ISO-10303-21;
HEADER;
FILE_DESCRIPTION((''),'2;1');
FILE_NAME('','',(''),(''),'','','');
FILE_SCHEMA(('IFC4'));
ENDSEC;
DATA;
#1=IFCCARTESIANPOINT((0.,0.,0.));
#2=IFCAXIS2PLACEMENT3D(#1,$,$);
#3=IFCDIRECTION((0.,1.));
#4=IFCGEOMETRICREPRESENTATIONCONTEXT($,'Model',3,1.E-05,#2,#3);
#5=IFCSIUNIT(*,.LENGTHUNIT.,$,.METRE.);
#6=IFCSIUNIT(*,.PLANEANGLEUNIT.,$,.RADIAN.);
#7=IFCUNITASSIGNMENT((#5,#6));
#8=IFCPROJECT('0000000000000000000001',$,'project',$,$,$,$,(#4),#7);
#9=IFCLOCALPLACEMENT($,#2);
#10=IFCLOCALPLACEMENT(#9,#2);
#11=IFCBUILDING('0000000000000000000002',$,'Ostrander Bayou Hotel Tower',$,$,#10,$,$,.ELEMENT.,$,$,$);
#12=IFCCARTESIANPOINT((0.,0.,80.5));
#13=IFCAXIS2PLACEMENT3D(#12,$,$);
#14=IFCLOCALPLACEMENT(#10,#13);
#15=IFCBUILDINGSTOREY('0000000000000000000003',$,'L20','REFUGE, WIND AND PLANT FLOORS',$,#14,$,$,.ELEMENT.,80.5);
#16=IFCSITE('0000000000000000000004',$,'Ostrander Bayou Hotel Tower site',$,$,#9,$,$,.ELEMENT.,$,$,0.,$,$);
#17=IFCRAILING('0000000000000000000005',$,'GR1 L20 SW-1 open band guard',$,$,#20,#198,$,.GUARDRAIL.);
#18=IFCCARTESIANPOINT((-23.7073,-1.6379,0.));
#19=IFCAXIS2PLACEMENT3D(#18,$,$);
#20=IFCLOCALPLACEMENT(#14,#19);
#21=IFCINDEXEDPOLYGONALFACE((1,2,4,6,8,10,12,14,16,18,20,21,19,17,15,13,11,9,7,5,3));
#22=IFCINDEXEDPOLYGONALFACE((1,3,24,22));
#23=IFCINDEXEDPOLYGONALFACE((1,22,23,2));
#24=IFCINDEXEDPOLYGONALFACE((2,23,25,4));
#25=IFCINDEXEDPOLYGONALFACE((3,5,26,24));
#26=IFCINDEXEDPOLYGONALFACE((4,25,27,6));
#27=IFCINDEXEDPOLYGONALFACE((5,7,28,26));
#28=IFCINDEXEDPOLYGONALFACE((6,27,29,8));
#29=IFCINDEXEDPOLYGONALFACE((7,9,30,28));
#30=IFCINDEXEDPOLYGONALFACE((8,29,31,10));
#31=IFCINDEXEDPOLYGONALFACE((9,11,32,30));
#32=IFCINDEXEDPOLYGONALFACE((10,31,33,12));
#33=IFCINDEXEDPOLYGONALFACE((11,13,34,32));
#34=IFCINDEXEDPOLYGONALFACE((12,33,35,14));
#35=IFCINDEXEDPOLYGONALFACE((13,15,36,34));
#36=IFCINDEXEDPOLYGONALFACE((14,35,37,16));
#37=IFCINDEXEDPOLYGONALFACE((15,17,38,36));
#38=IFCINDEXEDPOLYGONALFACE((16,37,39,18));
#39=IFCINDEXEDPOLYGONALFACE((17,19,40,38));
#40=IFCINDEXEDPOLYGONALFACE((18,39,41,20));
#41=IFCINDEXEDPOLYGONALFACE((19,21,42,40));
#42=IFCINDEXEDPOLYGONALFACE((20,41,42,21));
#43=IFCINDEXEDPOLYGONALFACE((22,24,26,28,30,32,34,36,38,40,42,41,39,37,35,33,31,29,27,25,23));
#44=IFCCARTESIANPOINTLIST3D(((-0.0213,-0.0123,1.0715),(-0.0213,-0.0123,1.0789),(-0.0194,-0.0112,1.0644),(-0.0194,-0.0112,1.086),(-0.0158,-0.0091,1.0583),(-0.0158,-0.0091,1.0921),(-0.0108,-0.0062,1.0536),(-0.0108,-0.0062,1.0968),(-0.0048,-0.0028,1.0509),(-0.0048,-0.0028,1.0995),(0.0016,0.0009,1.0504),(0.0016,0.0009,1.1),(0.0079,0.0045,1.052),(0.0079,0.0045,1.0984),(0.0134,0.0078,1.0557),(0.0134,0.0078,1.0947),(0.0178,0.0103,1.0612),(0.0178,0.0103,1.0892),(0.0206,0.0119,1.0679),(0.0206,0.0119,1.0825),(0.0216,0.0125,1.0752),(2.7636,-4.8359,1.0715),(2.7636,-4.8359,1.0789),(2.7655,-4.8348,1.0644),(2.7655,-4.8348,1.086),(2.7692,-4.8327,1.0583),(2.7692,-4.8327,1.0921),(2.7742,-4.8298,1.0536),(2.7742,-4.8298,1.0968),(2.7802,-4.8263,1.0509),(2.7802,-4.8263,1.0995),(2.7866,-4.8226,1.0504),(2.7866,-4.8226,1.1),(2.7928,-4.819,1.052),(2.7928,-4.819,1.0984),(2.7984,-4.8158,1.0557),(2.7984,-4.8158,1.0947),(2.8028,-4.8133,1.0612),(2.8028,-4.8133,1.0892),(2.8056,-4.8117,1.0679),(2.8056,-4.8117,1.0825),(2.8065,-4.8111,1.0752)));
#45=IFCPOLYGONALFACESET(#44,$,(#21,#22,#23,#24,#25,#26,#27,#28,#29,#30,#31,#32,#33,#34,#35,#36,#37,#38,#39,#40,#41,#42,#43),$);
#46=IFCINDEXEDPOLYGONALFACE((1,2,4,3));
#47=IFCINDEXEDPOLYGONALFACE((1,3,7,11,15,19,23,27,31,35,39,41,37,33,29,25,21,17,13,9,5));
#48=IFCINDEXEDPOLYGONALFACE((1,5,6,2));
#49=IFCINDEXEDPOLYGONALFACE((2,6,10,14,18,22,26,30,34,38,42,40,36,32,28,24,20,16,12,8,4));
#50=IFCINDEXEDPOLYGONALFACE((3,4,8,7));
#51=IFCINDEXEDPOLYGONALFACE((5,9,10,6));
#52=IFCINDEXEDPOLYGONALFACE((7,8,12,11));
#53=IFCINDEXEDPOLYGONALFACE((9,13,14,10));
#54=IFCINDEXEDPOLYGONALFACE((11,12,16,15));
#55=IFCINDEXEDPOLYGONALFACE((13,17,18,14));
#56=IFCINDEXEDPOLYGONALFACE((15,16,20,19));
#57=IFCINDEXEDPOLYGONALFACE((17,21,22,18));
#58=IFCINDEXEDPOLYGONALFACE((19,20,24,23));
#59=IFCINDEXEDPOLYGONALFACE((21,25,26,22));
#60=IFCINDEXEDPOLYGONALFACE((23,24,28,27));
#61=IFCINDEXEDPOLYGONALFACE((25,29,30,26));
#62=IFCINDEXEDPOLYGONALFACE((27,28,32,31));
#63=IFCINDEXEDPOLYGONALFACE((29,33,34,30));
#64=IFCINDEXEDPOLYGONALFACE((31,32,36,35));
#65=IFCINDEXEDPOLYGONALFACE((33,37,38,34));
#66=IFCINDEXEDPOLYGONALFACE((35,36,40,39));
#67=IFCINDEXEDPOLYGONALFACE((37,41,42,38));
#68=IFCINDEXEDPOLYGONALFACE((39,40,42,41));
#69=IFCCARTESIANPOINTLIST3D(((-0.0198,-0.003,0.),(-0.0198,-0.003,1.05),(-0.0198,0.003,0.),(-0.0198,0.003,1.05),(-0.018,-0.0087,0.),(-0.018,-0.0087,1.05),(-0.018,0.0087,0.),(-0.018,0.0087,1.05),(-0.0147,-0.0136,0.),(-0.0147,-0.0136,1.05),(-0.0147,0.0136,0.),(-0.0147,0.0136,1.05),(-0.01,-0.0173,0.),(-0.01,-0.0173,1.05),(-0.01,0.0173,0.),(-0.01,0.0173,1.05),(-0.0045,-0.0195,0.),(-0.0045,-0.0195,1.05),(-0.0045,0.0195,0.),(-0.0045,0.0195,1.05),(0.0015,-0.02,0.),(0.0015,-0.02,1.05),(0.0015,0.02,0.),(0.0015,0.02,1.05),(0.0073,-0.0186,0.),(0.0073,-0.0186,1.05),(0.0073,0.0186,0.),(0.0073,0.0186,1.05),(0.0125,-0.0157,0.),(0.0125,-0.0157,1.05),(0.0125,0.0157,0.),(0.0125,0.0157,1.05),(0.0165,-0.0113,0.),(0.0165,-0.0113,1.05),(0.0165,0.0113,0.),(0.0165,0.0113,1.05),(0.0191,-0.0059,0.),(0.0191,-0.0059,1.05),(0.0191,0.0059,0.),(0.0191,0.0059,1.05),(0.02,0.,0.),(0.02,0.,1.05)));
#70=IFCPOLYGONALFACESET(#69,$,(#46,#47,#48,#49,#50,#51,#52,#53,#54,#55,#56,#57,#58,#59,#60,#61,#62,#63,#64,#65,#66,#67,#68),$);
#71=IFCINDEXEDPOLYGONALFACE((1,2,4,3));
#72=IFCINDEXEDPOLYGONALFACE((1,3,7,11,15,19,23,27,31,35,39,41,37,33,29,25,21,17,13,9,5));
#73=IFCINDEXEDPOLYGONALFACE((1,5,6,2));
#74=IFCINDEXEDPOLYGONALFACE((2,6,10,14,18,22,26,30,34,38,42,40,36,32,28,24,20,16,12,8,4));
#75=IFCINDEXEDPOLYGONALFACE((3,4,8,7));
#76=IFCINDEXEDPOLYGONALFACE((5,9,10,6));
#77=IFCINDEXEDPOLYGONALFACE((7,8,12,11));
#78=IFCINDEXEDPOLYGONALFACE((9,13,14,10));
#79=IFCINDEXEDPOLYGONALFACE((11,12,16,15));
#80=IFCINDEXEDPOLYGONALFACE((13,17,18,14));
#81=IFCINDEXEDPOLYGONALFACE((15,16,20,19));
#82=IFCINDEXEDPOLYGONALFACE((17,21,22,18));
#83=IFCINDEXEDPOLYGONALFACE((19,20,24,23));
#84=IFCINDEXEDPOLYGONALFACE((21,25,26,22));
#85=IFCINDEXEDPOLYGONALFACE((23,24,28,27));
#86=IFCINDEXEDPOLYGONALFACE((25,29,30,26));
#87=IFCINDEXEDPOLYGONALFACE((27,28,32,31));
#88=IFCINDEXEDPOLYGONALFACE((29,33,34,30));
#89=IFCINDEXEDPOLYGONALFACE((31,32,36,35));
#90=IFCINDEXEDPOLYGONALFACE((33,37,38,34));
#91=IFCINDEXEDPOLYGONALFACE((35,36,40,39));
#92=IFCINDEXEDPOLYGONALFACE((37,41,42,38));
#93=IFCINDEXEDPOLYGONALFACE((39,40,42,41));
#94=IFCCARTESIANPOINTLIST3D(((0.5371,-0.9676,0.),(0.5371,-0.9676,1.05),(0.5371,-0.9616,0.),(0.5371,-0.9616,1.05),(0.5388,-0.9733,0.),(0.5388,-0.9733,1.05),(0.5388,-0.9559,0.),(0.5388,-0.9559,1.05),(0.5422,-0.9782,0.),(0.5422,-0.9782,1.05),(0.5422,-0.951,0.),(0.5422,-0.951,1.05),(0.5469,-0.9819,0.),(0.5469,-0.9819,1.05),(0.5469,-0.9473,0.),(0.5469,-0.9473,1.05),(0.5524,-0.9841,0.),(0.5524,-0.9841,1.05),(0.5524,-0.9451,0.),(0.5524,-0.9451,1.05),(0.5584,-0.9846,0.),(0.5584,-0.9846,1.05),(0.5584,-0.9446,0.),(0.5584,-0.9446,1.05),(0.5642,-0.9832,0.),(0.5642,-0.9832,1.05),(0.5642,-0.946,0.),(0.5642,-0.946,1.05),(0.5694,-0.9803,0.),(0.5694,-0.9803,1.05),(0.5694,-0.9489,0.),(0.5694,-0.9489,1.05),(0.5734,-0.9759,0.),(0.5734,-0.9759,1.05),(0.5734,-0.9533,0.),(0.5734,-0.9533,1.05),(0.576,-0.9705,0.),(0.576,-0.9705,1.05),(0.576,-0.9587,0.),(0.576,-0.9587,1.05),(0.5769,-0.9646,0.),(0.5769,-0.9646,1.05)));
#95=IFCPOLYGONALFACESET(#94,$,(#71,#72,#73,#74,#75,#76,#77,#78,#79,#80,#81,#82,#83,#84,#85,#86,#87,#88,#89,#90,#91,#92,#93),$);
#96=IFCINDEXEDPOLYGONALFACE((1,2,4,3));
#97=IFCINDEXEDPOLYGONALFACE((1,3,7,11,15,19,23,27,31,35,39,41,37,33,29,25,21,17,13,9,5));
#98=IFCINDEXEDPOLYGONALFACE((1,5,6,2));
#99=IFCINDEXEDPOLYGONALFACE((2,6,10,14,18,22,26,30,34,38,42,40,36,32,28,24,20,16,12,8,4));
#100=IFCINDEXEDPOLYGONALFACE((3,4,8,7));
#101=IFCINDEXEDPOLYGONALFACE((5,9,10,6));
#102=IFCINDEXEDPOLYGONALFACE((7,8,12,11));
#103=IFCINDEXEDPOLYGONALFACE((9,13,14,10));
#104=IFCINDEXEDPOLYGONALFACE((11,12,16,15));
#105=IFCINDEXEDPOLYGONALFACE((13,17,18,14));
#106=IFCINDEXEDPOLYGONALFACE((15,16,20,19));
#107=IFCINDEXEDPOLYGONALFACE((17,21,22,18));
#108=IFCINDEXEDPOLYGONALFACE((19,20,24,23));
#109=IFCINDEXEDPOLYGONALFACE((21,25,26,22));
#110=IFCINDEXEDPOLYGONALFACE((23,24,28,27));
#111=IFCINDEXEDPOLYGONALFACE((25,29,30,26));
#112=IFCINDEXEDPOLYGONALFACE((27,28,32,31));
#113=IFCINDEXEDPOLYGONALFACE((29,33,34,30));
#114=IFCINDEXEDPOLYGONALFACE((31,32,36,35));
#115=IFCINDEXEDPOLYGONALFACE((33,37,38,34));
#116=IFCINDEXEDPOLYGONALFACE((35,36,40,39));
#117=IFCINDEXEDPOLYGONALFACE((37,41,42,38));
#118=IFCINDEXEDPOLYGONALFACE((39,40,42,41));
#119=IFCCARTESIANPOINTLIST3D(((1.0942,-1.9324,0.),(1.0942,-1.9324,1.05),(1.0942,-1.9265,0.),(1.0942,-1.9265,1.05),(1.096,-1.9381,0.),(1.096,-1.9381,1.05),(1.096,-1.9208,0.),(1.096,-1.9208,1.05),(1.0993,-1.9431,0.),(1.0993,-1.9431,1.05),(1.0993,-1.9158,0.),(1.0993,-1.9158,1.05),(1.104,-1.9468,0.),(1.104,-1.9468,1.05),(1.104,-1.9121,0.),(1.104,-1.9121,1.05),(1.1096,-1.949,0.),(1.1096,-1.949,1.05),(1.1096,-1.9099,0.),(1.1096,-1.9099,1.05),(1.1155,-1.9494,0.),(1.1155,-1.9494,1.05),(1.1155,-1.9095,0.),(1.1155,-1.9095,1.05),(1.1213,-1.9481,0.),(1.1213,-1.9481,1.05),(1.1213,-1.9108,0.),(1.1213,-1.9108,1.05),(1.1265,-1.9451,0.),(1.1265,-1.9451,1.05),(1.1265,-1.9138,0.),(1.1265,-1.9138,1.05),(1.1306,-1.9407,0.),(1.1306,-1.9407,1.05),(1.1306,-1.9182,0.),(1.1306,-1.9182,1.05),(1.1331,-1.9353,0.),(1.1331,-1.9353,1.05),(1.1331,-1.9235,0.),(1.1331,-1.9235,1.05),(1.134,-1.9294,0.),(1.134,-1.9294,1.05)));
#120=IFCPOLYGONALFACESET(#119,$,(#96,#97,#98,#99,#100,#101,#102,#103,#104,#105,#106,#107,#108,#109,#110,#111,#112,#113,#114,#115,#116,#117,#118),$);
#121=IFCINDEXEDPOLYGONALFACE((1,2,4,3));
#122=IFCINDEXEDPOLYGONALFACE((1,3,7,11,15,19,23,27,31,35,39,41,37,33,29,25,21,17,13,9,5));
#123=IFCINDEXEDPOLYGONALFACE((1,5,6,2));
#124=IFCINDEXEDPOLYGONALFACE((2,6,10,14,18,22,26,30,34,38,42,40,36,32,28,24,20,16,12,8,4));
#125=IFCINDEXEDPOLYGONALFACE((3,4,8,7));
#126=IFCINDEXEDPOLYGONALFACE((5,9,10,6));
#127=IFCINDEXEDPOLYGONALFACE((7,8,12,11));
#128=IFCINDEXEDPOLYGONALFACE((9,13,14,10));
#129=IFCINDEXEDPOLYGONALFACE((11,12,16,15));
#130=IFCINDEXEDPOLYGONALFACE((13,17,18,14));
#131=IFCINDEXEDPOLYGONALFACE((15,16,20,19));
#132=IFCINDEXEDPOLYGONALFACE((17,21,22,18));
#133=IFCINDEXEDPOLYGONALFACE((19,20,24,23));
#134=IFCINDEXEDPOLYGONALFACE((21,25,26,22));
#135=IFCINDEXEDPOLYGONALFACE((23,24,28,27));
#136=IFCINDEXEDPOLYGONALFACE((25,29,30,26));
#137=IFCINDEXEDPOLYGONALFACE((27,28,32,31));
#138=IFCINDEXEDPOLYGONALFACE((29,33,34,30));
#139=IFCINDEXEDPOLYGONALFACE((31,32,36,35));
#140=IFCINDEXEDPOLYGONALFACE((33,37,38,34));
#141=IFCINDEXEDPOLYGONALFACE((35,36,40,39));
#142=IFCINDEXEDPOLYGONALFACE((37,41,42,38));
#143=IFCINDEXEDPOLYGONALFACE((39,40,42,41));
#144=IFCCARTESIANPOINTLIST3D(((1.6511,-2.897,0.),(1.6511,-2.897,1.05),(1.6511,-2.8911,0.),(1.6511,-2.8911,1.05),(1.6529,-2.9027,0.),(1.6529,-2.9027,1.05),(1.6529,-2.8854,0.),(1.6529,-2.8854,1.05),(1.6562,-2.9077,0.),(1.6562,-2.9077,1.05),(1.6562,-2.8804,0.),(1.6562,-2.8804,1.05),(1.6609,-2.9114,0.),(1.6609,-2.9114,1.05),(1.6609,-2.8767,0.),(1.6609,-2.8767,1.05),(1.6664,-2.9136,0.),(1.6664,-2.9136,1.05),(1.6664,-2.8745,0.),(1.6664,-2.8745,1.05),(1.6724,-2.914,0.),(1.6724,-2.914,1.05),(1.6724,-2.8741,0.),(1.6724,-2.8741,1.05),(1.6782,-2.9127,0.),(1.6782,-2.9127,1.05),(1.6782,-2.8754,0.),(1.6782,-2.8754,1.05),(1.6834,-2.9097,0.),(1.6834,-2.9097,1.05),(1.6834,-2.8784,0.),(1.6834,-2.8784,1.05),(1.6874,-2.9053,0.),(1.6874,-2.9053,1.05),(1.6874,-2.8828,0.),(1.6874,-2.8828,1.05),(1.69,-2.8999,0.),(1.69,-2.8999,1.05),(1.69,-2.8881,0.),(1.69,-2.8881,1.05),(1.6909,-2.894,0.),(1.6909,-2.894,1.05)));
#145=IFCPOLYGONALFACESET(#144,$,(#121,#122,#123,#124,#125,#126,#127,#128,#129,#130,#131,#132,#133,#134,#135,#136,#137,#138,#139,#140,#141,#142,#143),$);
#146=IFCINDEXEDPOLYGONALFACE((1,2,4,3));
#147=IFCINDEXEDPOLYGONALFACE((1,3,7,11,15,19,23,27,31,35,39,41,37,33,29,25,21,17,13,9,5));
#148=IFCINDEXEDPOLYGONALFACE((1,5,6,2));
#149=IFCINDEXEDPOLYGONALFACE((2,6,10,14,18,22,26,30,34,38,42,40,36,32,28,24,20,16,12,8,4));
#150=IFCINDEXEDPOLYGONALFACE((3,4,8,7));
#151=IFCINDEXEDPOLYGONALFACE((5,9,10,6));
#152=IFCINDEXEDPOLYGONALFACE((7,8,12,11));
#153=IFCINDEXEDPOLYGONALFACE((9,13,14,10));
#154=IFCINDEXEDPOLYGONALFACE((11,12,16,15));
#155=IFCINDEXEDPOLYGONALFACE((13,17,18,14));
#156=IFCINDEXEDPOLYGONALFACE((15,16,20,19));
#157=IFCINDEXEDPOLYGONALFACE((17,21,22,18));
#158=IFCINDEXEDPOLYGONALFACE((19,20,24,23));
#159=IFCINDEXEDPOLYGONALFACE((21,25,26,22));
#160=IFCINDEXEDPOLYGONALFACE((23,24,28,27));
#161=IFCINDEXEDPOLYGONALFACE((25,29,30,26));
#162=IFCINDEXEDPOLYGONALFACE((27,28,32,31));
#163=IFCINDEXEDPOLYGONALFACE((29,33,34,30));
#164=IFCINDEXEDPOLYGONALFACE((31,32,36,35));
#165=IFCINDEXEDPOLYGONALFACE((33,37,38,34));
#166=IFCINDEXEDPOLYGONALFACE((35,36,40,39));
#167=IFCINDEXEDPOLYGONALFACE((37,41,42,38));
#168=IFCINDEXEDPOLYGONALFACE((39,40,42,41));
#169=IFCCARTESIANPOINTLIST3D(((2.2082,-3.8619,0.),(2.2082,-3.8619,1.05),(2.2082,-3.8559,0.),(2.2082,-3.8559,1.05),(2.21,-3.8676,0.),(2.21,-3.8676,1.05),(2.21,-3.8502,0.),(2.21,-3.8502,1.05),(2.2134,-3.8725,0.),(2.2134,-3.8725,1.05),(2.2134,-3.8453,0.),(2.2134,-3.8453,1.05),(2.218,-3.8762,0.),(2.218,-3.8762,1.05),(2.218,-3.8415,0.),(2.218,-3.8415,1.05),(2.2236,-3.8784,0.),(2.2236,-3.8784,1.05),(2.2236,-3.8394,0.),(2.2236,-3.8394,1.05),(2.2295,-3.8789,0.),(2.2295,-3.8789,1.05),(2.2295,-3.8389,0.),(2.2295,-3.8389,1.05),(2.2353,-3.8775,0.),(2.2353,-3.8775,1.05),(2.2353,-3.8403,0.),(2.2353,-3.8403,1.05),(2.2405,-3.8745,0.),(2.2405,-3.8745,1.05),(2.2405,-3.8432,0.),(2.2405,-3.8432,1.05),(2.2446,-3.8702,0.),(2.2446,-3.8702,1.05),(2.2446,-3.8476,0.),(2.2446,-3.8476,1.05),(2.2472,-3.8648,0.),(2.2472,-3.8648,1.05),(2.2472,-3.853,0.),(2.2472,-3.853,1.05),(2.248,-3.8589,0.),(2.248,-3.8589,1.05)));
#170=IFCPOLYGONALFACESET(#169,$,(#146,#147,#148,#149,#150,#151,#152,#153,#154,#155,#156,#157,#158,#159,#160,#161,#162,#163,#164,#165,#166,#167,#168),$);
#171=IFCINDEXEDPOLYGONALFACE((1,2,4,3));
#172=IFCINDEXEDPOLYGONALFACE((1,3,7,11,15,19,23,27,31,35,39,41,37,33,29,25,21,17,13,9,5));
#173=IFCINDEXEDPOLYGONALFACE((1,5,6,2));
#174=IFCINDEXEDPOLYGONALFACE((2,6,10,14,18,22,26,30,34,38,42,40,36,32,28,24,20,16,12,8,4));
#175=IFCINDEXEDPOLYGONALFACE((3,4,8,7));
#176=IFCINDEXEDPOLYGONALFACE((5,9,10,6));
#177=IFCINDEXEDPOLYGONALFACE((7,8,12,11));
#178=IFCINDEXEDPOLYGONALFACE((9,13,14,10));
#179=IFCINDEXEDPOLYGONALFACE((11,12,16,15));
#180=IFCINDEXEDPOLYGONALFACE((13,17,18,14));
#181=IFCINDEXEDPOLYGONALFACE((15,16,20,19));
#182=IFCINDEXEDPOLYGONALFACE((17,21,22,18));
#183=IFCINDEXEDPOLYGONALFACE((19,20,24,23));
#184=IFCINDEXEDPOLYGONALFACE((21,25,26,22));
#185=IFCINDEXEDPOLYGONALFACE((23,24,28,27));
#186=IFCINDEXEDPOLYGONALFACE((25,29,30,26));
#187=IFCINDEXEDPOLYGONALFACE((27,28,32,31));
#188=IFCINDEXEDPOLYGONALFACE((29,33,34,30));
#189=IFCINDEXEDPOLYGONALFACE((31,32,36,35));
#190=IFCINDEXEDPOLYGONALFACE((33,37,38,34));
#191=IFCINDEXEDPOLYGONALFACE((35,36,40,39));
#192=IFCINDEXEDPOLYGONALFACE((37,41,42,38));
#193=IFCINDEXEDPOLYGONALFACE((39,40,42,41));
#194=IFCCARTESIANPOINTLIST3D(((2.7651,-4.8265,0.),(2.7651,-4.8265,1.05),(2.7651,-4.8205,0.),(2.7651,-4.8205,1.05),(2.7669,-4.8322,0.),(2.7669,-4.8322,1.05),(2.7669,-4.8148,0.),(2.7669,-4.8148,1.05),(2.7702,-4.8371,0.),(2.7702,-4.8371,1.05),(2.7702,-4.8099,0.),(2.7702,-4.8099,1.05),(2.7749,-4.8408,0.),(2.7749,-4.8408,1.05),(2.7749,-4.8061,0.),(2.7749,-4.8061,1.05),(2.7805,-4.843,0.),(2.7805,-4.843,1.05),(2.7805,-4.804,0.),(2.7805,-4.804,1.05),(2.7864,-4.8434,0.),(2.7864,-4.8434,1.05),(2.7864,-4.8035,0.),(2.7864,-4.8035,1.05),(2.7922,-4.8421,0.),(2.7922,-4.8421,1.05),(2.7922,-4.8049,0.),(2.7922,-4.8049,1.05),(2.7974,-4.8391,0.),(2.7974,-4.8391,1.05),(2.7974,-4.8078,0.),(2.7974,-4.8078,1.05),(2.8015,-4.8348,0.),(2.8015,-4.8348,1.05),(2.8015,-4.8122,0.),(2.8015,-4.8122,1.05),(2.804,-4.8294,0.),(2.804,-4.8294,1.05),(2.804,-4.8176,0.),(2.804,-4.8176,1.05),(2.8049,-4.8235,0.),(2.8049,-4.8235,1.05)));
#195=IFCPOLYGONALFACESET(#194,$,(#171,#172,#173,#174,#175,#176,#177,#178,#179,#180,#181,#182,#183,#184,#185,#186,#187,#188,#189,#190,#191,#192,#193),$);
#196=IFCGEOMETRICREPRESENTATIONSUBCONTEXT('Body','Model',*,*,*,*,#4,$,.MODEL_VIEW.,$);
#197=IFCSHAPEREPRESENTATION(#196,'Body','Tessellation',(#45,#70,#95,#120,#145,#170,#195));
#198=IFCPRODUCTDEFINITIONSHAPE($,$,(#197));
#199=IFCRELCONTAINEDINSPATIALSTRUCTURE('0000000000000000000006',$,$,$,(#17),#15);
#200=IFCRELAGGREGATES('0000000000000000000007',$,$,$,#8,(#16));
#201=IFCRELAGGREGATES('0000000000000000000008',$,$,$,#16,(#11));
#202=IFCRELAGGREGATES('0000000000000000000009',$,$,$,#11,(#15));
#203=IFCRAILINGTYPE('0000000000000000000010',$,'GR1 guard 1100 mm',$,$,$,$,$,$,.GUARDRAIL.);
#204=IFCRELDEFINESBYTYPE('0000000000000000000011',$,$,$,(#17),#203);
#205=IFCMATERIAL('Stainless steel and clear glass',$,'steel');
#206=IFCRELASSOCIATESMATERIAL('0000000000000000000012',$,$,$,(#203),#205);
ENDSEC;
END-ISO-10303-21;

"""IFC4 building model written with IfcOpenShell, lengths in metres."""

from ifc_helpers import new_model, si_unit, direction, frame, origin, origin_2d, place, context, subcontext, project, spatial, circle, extrude, material, type_object, element, save


model = new_model("IFC4")

# Units and contexts
model_context = context("Model", 3, precision=1e-05, world=origin(), true_north=direction((0.0, 1.0)))
body_context = subcontext(model_context, "Body", "Model", "MODEL_VIEW")
ifc_project = project(units=[si_unit("LENGTHUNIT", "METRE"), si_unit("PLANEANGLEUNIT", "RADIAN")], contexts=[model_context])

# Site, building, storey
site_placement = place(None, origin())
site = spatial("IfcSite", under=ifc_project, at=site_placement, Name="Ostrander Bayou Hotel Tower site", CompositionType="ELEMENT", RefElevation=0.0)
building_placement = place(site_placement, origin())
building = spatial("IfcBuilding", under=site, at=building_placement, Name="Ostrander Bayou Hotel Tower", CompositionType="ELEMENT")
storey_placement = place(building_placement, frame((0.0, 0.0, 80.5)))
storey = spatial("IfcBuildingStorey", under=building, at=storey_placement, Name="L20", Description="REFUGE, WIND AND PLANT FLOORS", CompositionType="ELEMENT", Elevation=80.5)

# Railing
ifc_material_1 = material(Name="Stainless steel and clear glass", Category="steel")
railing_type = type_object("IfcRailingType", Name="GR1 guard 1100 mm", PredefinedType="GUARDRAIL", material=ifc_material_1)
railing_1_placement = place(storey_placement, frame((-23.7073, -1.6379, 0.0)))
element("IfcRailing", 1, at=railing_1_placement, inside=storey, type_object=railing_type, Name="GR1 L20 SW-1 open band guard", PredefinedType="GUARDRAIL", context=body_context, shape_type="SweptSolid", body=[
    extrude(circle(Radius=0.0249, at=origin_2d()), frame((0.0, 0.0, 1.0752), z_axis=(0.50001, -0.86602, 0.0), x_axis=(0.86602, 0.50001, 0.0)), (0.0, 0.0, 1.0), 5.5698),
    extrude(circle(Radius=0.02, at=origin_2d()), origin(), (0.0, 0.0, 1.0), 1.05),
    extrude(circle(Radius=0.02, at=origin_2d()), frame((0.5569, -0.9646, 0.0)), (0.0, 0.0, 1.0), 1.05),
    extrude(circle(Radius=0.02, at=origin_2d()), frame((1.114, -1.9294, 0.0)), (0.0, 0.0, 1.0), 1.05),
    extrude(circle(Radius=0.02, at=origin_2d()), frame((1.6709, -2.894, 0.0)), (0.0, 0.0, 1.0), 1.05),
    extrude(circle(Radius=0.02, at=origin_2d()), frame((2.228, -3.8589, 0.0)), (0.0, 0.0, 1.0), 1.05),
    extrude(circle(Radius=0.02, at=origin_2d()), frame((2.7849, -4.8235, 0.0)), (0.0, 0.0, 1.0), 1.05),
])

save(model, "model.ifc")
